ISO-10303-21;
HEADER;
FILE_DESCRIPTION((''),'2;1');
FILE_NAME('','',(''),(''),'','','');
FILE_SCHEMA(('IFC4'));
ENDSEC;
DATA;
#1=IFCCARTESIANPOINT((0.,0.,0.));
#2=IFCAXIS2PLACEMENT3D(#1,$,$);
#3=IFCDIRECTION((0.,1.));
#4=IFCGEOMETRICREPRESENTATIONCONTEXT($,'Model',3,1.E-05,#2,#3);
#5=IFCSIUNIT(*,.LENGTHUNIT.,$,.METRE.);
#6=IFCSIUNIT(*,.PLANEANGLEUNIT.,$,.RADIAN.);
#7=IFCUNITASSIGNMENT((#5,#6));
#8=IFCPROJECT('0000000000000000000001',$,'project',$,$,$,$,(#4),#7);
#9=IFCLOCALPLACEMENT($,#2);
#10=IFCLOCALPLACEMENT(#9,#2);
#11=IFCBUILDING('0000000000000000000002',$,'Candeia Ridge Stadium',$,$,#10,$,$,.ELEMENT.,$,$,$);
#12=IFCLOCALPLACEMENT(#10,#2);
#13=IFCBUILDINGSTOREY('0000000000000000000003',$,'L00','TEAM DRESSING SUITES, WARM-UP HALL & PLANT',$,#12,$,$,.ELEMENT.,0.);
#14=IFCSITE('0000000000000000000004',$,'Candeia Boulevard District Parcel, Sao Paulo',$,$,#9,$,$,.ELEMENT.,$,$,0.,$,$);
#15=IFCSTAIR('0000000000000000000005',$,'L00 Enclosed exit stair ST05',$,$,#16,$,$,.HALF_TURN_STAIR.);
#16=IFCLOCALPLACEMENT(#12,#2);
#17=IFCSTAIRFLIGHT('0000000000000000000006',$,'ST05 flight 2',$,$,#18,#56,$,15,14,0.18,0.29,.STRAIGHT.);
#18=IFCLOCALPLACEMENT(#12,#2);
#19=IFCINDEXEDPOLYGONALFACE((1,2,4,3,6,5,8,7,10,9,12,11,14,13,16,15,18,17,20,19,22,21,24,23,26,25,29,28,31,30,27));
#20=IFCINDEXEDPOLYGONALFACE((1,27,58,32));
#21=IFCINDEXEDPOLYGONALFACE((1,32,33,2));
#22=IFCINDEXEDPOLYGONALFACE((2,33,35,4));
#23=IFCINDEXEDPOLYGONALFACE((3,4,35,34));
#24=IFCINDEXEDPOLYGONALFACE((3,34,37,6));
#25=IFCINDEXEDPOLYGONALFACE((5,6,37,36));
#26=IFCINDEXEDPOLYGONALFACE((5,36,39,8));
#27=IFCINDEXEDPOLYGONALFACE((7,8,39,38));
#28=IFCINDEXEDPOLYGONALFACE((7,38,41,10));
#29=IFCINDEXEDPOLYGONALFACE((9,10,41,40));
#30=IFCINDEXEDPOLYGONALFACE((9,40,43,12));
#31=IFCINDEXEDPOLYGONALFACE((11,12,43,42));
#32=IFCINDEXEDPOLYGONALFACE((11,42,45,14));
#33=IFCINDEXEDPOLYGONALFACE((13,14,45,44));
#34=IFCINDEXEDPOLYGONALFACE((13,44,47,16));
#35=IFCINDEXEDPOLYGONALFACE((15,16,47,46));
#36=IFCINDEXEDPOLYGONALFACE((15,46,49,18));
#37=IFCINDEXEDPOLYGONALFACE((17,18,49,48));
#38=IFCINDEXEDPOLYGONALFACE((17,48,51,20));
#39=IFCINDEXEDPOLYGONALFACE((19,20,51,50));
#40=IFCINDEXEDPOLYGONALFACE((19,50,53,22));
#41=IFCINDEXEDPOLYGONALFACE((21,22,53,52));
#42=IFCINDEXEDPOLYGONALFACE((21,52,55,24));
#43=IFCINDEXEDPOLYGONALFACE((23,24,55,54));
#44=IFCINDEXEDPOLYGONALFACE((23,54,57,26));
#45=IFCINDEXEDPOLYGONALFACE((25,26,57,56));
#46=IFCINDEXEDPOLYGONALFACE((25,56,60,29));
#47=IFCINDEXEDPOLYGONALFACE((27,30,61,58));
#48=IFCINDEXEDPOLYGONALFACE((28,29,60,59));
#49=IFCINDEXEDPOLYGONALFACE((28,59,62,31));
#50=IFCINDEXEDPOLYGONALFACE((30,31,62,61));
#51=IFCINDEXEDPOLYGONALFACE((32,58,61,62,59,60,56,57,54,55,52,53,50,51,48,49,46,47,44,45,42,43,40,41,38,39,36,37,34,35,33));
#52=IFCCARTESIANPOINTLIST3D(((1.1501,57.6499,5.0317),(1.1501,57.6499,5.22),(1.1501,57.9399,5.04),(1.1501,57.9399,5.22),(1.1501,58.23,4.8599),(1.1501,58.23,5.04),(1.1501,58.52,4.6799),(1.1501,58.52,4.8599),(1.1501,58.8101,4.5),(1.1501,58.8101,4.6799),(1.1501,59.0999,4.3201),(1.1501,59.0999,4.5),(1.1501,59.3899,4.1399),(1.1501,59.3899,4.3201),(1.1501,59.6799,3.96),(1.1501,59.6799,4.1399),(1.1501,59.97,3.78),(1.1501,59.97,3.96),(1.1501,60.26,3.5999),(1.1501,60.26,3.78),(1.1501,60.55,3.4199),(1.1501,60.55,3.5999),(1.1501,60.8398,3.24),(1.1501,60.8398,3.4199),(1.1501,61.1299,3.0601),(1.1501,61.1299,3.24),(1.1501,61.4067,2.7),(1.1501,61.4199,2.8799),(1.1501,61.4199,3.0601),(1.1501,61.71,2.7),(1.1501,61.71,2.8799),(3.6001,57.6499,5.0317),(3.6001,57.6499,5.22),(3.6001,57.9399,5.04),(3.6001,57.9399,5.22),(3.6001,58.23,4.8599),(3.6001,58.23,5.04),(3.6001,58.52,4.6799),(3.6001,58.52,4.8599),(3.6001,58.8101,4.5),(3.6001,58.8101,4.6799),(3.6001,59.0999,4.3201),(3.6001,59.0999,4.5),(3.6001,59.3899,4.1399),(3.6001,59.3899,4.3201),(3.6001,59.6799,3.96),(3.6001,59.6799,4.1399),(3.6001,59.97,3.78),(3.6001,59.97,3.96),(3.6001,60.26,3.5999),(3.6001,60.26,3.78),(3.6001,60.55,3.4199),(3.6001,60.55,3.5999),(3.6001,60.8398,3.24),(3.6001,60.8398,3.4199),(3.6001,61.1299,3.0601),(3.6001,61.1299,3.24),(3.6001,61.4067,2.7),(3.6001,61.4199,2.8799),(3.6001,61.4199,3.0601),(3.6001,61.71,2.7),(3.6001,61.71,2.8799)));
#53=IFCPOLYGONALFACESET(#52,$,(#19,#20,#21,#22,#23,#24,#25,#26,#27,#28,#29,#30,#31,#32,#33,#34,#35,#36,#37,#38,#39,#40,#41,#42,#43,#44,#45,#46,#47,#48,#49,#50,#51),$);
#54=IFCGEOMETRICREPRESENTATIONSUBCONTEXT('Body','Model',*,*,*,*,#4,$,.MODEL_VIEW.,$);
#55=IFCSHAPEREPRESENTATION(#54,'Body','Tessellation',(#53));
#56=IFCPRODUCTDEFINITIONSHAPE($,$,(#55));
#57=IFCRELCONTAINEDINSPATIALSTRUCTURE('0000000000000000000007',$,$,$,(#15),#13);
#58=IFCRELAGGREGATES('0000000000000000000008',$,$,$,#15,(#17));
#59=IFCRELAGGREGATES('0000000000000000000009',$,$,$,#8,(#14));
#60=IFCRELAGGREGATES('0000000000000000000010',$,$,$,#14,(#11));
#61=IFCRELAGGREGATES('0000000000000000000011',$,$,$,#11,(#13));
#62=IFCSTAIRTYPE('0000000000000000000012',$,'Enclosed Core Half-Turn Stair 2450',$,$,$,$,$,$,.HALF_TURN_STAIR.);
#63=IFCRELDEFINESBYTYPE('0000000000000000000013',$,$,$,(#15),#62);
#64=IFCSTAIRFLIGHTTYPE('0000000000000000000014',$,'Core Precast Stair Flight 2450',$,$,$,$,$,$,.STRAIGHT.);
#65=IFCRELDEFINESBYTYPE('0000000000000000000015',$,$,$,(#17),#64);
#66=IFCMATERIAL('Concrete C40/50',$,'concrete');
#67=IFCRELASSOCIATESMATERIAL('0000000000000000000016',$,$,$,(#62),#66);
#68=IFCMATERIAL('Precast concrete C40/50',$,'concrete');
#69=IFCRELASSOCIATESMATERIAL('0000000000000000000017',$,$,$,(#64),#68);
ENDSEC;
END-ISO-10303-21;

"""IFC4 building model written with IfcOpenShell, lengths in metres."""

from ifc_helpers import new_model, si_unit, direction, frame, origin, place, context, subcontext, project, spatial, polyline, outline, extrude, material, type_object, element, aggregate, save


model = new_model("IFC4")

# Units and contexts
model_context = context("Model", 3, precision=1e-05, world=origin(), true_north=direction((0.0, 1.0)))
body_context = subcontext(model_context, "Body", "Model", "MODEL_VIEW")
ifc_project = project(units=[si_unit("LENGTHUNIT", "METRE"), si_unit("PLANEANGLEUNIT", "RADIAN")], contexts=[model_context])

# Site, building, storey
site_placement = place(None, origin())
site = spatial("IfcSite", under=ifc_project, at=site_placement, Name="Candeia Boulevard District Parcel, Sao Paulo", CompositionType="ELEMENT", RefElevation=0.0)
building_placement = place(site_placement, origin())
building = spatial("IfcBuilding", under=site, at=building_placement, Name="Candeia Ridge Stadium", CompositionType="ELEMENT")
storey_placement = place(building_placement, origin())
storey = spatial("IfcBuildingStorey", under=building, at=storey_placement, Name="L00", Description="TEAM DRESSING SUITES, WARM-UP HALL & PLANT", CompositionType="ELEMENT", Elevation=0.0)

# Shared definitions
ifc_material_1 = material(Name="Concrete C40/50", Category="concrete")

# Stair, stair flight
stair_type = type_object("IfcStairType", Name="Enclosed Core Half-Turn Stair 2450", PredefinedType="HALF_TURN_STAIR", material=ifc_material_1)
stair_placement = place(storey_placement, origin())
stair = element("IfcStair", 1, at=stair_placement, inside=storey, type_object=stair_type, Name="L00 Enclosed exit stair ST05", PredefinedType="HALF_TURN_STAIR")
ifc_material_2 = material(Name="Precast concrete C40/50", Category="concrete")
stair_flight_type = type_object("IfcStairFlightType", Name="Core Precast Stair Flight 2450", PredefinedType="STRAIGHT", material=ifc_material_2)
stair_flight_1_placement = place(storey_placement, frame((2.375, 61.71, 2.7), z_axis=(0.0, 0.0, 1.0), x_axis=(0.0, -1.0, 0.0)))
stair_flight_1 = element("IfcStairFlight", 2, at=stair_flight_1_placement, type_object=stair_flight_type, Name="ST05 flight 2", NumberOfRisers=15, NumberOfTreads=14, PredefinedType="STRAIGHT", RiserHeight=0.18, TreadLength=0.29, context=body_context, shape_type="SweptSolid", body=[
    extrude(outline(polyline([(0.0, 0.0), (0.0, 0.1799), (0.29, 0.1799), (0.29, 0.3601), (0.5801, 0.3601), (0.5801, 0.54), (0.8701, 0.54), (0.8701, 0.72), (1.1599, 0.72), (1.1599, 0.8999), (1.45, 0.8999), (1.45, 1.0801), (1.74, 1.0801), (1.74, 1.26), (2.03, 1.26), (2.03, 1.4399), (2.3201, 1.4399), (2.3201, 1.6201), (2.6101, 1.6201), (2.6101, 1.8), (2.8999, 1.8), (2.8999, 1.98), (3.1899, 1.98), (3.1899, 2.1599), (3.48, 2.1599), (3.48, 2.3401), (3.77, 2.3401), (3.77, 2.52), (4.0601, 2.52), (4.0601, 2.7), (4.0601, 2.3318), (0.3032, 0.0), (0.0, 0.0)])), frame((0.0, 1.2251, 0.0), z_axis=(0.0, -1.0, 0.0), x_axis=(1.0, 0.0, 0.0)), (0.0, 0.0, 1.0), 2.45),
])
aggregate(stair, [stair_flight_1])

save(model, "model.ifc")
